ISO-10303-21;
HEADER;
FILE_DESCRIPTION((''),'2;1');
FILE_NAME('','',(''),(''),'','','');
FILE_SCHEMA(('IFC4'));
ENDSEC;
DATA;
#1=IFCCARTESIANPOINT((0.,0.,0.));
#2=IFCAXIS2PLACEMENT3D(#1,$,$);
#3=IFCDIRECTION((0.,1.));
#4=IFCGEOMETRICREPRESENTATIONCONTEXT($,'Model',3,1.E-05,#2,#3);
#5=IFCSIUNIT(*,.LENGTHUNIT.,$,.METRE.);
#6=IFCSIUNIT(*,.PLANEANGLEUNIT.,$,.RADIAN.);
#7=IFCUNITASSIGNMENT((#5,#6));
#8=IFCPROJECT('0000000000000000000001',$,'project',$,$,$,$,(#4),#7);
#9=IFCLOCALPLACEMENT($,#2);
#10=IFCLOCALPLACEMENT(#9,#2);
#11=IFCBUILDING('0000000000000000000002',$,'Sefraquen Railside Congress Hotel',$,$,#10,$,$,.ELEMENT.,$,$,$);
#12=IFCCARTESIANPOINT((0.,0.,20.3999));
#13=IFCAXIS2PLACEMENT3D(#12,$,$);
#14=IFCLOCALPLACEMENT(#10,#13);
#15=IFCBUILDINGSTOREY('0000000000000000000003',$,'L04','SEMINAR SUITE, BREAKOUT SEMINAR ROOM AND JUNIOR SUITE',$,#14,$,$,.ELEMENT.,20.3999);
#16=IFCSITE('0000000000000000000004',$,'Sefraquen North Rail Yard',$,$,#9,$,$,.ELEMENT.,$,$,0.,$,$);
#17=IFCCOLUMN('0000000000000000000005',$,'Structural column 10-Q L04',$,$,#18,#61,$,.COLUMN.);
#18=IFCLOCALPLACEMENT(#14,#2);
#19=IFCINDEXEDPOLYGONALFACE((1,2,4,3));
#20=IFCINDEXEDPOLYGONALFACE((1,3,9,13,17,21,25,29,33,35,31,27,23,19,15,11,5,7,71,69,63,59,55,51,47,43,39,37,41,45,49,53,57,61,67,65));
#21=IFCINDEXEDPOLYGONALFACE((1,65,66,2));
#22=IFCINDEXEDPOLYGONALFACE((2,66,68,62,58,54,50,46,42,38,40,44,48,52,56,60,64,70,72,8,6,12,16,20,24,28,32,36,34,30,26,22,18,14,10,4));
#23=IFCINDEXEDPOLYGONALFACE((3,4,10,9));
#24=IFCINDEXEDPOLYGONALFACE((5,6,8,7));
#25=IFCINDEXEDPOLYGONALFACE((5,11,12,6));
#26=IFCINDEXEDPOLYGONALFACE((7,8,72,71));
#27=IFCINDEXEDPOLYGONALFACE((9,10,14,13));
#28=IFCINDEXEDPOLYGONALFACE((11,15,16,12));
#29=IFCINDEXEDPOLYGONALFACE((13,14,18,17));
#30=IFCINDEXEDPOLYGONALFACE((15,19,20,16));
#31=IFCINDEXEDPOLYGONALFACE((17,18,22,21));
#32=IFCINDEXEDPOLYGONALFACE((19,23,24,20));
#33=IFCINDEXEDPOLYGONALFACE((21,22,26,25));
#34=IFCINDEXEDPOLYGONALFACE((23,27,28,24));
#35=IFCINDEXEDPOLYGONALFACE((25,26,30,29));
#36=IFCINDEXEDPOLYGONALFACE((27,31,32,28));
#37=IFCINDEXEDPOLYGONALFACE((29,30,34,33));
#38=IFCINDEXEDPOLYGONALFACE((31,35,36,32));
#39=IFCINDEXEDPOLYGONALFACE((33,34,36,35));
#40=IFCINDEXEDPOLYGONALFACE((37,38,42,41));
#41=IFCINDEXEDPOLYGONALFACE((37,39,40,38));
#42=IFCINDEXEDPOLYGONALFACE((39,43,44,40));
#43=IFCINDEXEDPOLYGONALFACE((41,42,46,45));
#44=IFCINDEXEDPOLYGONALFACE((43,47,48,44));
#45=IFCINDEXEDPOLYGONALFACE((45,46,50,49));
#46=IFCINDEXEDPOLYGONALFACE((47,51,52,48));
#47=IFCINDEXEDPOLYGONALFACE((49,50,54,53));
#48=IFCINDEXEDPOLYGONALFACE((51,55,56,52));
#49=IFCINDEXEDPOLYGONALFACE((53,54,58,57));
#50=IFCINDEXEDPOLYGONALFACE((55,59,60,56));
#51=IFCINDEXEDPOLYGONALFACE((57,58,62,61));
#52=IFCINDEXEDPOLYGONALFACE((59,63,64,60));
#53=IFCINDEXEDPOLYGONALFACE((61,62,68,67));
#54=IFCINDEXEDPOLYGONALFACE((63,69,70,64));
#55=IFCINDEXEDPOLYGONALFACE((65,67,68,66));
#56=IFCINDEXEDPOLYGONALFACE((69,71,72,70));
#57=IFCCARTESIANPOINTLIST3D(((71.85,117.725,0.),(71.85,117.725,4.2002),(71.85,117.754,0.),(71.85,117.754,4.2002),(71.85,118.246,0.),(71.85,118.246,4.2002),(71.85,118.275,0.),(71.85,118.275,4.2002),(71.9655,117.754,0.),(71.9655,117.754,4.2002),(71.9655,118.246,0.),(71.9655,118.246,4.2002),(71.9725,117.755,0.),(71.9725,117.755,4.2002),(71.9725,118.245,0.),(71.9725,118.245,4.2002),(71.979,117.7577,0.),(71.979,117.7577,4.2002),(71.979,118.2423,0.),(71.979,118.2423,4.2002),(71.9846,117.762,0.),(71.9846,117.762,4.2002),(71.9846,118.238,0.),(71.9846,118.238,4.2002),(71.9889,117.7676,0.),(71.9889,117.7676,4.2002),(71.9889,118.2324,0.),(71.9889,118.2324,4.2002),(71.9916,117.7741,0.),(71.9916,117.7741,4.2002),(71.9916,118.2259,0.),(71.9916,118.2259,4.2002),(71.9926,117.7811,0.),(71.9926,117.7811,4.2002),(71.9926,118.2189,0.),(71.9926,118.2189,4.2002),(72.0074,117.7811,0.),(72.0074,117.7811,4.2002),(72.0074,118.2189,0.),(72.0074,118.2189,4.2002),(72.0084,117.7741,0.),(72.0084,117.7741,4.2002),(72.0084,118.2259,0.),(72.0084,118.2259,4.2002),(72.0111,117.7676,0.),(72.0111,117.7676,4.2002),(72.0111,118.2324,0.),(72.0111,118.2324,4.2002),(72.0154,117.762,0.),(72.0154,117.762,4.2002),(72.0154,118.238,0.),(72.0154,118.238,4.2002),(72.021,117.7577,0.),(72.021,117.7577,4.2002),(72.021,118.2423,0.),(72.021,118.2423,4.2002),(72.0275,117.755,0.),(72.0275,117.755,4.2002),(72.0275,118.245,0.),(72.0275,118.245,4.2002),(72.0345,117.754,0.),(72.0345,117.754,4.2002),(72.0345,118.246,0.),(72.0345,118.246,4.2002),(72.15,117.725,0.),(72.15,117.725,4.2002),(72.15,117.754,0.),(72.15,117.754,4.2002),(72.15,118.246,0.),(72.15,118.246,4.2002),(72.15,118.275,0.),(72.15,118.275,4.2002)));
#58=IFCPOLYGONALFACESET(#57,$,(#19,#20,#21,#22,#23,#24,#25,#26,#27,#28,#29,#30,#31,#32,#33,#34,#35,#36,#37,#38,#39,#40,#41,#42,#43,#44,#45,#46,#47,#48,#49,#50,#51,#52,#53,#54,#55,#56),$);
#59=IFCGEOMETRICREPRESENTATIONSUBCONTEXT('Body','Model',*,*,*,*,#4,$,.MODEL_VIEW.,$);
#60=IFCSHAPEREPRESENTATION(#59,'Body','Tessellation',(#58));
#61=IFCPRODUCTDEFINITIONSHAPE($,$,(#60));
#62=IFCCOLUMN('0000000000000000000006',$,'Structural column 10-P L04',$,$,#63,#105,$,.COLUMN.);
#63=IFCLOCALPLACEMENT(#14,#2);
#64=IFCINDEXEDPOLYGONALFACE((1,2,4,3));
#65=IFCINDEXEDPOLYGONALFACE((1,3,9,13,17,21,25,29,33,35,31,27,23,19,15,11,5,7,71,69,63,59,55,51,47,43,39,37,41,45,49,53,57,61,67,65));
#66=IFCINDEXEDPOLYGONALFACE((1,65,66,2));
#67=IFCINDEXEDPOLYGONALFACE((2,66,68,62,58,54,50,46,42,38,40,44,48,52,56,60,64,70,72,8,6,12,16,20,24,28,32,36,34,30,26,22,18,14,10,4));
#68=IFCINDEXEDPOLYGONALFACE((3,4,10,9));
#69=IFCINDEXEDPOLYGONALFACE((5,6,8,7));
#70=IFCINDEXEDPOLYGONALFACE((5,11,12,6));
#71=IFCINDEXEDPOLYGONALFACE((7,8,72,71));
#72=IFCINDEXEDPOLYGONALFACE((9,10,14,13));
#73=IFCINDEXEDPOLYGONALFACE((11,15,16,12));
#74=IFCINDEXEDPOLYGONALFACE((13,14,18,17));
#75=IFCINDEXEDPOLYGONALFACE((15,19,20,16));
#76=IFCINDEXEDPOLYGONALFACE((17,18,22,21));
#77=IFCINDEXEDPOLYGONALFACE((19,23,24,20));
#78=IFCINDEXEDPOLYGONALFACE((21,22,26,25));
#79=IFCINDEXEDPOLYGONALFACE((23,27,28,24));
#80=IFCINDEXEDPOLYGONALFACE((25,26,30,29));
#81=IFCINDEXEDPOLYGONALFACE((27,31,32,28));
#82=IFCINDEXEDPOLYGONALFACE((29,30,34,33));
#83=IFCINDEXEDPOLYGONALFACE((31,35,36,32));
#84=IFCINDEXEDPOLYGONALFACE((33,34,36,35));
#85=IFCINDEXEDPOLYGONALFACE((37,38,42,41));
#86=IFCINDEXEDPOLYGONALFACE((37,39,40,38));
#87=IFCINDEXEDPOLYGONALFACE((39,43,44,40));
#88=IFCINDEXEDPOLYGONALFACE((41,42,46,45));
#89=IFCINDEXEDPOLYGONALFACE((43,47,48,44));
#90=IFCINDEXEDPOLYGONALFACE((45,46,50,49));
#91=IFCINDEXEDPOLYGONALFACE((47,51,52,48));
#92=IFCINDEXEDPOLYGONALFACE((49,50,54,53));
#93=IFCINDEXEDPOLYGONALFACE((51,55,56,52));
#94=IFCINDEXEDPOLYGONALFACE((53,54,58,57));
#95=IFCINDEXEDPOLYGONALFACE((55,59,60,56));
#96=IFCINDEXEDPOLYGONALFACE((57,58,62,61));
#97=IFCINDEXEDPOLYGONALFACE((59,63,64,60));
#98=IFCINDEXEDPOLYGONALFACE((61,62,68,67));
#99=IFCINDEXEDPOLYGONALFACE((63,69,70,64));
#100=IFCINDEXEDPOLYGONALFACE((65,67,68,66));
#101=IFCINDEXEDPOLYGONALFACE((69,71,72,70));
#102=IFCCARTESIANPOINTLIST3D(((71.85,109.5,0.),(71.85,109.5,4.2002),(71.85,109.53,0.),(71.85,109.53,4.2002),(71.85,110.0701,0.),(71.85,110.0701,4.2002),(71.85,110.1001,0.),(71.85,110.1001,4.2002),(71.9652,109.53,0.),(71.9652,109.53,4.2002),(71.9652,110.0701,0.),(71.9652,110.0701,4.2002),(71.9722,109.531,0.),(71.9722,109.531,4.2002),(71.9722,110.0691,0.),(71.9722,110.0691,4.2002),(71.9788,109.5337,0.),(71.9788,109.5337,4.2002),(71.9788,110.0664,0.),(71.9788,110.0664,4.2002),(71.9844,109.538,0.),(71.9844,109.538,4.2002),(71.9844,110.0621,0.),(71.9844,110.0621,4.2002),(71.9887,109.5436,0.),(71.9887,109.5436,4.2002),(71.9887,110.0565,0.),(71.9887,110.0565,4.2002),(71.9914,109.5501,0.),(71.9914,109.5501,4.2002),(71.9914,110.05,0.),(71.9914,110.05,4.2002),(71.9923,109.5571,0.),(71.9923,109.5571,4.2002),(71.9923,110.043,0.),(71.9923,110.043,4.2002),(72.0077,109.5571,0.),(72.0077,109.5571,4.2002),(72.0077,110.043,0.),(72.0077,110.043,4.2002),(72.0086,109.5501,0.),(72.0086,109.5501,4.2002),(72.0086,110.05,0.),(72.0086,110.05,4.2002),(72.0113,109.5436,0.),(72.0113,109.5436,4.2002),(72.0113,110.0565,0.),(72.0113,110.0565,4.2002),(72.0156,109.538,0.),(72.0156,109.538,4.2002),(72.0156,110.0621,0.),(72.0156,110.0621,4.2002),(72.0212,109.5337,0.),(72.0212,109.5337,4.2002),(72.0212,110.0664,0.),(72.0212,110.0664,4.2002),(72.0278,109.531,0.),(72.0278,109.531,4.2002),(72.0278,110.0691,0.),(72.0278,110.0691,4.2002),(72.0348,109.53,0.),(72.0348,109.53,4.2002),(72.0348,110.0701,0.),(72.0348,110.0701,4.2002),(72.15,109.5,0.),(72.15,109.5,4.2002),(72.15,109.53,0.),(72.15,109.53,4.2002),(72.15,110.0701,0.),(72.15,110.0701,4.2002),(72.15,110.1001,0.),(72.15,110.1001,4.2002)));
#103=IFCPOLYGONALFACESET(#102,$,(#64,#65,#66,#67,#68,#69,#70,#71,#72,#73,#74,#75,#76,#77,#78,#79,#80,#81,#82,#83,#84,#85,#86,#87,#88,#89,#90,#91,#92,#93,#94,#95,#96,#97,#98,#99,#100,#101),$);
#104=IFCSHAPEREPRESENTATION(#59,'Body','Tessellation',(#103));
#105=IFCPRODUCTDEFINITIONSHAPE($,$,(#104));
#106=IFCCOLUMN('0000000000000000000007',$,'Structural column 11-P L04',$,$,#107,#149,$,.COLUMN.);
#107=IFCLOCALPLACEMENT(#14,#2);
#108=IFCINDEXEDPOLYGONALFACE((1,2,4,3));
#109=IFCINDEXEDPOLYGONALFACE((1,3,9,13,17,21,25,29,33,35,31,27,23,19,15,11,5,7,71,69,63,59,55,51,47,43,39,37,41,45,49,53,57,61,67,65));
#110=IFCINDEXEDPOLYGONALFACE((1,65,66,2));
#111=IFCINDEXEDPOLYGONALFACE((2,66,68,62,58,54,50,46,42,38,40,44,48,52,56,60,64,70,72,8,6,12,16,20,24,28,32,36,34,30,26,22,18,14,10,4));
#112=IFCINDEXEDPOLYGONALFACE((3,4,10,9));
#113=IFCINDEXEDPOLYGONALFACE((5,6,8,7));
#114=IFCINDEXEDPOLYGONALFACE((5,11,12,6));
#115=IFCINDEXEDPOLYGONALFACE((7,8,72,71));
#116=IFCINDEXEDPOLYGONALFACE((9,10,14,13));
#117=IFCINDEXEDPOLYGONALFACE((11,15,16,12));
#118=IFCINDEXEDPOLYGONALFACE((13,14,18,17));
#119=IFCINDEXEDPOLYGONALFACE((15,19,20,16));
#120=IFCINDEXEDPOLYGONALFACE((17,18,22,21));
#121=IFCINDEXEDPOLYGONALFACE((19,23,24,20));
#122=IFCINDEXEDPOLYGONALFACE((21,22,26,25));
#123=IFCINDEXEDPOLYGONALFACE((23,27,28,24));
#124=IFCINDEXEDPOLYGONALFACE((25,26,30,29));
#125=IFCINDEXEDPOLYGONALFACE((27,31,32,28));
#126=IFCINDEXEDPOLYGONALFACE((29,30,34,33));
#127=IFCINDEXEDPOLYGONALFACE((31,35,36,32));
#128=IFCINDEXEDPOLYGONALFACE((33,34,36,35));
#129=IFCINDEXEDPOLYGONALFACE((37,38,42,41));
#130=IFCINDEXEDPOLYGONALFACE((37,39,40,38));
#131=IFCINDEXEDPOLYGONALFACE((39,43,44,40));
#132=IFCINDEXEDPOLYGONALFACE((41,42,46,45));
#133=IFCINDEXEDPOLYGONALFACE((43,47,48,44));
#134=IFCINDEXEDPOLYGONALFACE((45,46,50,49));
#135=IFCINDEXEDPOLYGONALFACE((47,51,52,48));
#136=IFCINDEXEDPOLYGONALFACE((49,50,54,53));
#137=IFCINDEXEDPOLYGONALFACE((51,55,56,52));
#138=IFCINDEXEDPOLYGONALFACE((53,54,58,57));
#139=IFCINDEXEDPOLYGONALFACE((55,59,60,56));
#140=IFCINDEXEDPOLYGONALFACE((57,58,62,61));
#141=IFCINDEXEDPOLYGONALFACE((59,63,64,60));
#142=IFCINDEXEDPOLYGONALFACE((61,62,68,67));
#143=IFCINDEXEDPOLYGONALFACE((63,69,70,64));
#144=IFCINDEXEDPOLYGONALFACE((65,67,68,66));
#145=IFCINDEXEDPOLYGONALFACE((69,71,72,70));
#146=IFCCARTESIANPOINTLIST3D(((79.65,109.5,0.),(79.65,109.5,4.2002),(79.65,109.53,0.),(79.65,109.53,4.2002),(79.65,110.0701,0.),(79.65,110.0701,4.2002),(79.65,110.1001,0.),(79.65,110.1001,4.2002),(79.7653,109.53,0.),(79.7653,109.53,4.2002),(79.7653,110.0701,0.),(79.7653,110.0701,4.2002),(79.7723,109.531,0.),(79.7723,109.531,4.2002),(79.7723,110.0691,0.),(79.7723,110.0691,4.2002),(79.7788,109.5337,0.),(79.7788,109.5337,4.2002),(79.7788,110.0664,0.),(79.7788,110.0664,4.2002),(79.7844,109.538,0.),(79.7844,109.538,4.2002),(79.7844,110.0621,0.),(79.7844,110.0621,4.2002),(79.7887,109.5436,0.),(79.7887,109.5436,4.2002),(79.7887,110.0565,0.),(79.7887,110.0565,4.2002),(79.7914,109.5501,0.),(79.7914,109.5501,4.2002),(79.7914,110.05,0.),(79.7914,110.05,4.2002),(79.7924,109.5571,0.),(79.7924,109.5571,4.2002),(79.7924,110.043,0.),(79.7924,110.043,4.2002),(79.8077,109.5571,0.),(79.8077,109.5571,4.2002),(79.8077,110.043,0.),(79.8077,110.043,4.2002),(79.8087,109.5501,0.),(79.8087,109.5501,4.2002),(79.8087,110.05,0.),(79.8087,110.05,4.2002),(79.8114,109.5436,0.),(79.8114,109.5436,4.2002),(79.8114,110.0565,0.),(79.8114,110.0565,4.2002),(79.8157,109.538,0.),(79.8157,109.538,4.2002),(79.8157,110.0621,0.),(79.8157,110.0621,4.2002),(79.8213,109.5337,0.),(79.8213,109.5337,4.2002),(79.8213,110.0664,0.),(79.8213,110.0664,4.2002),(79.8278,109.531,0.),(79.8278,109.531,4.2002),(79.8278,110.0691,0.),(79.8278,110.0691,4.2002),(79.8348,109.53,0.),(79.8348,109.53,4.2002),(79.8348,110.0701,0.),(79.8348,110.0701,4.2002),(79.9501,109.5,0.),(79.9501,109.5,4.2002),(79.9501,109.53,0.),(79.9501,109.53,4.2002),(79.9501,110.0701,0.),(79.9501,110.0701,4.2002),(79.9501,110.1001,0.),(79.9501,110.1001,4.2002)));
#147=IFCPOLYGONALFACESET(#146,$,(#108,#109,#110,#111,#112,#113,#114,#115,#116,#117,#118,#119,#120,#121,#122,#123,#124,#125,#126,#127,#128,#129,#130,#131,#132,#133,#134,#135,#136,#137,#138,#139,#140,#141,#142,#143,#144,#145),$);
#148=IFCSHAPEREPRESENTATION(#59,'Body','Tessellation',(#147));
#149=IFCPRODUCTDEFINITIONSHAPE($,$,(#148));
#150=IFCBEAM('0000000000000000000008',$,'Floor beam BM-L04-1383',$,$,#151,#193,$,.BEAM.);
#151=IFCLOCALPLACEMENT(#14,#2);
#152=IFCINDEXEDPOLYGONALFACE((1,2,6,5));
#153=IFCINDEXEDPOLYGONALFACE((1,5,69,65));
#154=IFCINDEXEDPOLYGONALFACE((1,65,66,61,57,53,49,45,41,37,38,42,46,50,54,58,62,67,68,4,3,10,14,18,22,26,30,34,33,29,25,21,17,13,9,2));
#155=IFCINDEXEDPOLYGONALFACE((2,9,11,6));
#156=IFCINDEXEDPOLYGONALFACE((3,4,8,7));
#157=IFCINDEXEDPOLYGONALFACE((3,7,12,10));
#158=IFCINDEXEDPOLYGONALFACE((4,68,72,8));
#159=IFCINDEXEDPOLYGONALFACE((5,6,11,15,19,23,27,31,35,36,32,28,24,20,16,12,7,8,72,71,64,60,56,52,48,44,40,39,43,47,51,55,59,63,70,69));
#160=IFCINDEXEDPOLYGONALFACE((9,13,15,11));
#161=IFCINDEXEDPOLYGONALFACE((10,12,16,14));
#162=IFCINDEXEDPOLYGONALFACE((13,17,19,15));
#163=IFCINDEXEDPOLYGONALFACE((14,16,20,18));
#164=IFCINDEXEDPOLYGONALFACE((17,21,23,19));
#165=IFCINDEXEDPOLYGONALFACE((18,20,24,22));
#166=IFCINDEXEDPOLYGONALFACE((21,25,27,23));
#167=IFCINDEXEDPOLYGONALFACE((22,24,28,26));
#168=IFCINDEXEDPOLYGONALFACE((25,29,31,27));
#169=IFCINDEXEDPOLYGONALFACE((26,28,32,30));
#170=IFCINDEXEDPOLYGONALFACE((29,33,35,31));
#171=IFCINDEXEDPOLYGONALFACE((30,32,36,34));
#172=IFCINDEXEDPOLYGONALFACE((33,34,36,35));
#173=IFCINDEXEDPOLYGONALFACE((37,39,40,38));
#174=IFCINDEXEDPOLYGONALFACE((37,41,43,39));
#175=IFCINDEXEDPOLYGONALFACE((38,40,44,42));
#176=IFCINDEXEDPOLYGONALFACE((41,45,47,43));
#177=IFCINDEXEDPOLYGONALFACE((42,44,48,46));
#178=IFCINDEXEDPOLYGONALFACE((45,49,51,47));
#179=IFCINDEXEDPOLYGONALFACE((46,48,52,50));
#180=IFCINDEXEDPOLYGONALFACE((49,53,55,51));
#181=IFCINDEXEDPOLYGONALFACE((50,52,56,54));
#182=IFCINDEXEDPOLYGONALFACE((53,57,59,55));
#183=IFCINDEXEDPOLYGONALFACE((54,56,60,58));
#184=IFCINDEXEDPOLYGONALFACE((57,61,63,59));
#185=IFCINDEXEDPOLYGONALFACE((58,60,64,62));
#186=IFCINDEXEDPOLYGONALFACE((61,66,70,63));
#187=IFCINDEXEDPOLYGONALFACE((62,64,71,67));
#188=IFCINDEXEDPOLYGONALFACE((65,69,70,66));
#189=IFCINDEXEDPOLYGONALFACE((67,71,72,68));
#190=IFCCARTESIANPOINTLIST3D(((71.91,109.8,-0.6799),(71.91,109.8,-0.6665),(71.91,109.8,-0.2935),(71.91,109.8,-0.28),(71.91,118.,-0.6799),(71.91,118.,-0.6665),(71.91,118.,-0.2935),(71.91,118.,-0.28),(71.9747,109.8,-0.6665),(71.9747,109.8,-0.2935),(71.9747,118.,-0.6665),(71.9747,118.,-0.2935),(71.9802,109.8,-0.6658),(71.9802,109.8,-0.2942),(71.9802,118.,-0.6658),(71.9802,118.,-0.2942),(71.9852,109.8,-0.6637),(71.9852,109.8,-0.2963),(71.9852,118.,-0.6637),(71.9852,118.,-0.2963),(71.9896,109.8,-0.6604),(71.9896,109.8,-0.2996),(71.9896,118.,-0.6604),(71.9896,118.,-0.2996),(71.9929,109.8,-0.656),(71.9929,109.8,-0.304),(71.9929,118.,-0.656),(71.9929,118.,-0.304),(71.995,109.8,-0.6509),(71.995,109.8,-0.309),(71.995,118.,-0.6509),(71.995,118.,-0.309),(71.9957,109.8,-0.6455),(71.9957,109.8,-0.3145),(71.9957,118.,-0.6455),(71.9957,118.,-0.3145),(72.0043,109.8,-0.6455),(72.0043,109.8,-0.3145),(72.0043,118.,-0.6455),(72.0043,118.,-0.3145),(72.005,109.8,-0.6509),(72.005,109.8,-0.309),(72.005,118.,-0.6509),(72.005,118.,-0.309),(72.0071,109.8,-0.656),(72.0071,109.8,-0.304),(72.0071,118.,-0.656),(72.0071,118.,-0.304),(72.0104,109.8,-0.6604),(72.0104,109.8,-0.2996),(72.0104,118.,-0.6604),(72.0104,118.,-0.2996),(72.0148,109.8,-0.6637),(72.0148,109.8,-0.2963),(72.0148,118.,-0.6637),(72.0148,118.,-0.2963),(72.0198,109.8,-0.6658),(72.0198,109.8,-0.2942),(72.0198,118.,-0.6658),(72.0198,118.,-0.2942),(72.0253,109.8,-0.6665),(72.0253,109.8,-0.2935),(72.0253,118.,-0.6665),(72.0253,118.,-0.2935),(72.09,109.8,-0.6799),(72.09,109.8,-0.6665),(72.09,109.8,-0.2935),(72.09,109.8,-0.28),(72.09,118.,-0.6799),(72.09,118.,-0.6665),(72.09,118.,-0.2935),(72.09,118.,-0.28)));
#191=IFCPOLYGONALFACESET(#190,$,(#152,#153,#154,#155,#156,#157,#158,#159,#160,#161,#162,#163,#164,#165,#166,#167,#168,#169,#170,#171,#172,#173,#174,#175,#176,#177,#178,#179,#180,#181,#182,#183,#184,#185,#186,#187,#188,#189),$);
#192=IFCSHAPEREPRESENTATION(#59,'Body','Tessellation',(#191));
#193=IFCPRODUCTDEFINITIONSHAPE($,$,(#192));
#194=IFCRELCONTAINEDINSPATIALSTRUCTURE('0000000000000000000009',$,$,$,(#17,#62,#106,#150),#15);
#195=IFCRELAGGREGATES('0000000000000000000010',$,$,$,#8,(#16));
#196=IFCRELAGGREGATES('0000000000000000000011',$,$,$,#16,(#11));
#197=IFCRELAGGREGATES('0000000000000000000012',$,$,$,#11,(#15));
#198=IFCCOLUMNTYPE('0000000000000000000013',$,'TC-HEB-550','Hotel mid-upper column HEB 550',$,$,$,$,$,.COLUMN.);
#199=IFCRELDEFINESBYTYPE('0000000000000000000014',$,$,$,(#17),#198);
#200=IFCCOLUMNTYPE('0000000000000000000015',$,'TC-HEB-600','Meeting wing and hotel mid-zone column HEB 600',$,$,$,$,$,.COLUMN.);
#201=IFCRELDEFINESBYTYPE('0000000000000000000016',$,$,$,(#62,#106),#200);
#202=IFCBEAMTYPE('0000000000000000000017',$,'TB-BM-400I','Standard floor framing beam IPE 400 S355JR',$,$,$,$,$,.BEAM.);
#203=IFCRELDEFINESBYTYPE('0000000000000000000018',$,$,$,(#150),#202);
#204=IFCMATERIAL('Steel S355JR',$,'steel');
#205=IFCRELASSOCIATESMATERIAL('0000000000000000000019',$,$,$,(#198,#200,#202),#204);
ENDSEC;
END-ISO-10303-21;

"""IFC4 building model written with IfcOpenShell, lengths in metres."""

from ifc_helpers import new_model, si_unit, direction, frame, origin, origin_2d, place, context, subcontext, project, spatial, i_section, extrude, material, material_profile, profile_set, type_object, element, save


model = new_model("IFC4")

# Units and contexts
model_context = context("Model", 3, precision=1e-05, world=origin(), true_north=direction((0.0, 1.0)))
body_context = subcontext(model_context, "Body", "Model", "MODEL_VIEW")
ifc_project = project(units=[si_unit("LENGTHUNIT", "METRE"), si_unit("PLANEANGLEUNIT", "RADIAN")], contexts=[model_context])

# Site, building, storey
site_placement = place(None, origin())
site = spatial("IfcSite", under=ifc_project, at=site_placement, Name="Sefraquen North Rail Yard", CompositionType="ELEMENT", RefElevation=0.0)
building_placement = place(site_placement, origin())
building = spatial("IfcBuilding", under=site, at=building_placement, Name="Sefraquen Railside Congress Hotel", CompositionType="ELEMENT")
storey_placement = place(building_placement, frame((0.0, 0.0, 20.3999)))
storey = spatial("IfcBuildingStorey", under=building, at=storey_placement, Name="L04", Description="SEMINAR SUITE, BREAKOUT SEMINAR ROOM AND JUNIOR SUITE", CompositionType="ELEMENT", Elevation=20.3999)

# Columns
ifc_material_1 = material(Name="Steel S355JR", Category="steel")
ifc_material_profile_1 = material_profile(ifc_material_1, i_section(OverallWidth=0.3, OverallDepth=0.55, WebThickness=0.0149, FlangeThickness=0.0291, FilletRadius=0.0271, at=origin_2d()), Name="HEB 550")
ifc_profile_set_1 = profile_set([ifc_material_profile_1], Name="Steel S355JR")
column_type_1 = type_object("IfcColumnType", Name="TC-HEB-550", Description="Hotel mid-upper column HEB 550", PredefinedType="COLUMN", material=ifc_profile_set_1)
column_placement = place(storey_placement, frame((72.0, 118.0, 0.0), z_axis=(0.0, 0.0, 1.0), x_axis=(1.0, 0.0, 0.0)))
element("IfcColumn", 1, at=column_placement, inside=storey, type_object=column_type_1, Name="Structural column 10-Q L04", PredefinedType="COLUMN", context=body_context, shape_type="SweptSolid", body=[
    extrude(i_section(OverallWidth=0.3, OverallDepth=0.55, WebThickness=0.0149, FlangeThickness=0.0291, FilletRadius=0.0271, at=origin_2d()), origin(), (0.0, 0.0, 1.0), 4.2002),
])
ifc_material_profile_2 = material_profile(ifc_material_1, i_section(OverallWidth=0.3, OverallDepth=0.6001, WebThickness=0.0154, FlangeThickness=0.03, FilletRadius=0.0271, at=origin_2d()), Name="HEB 600")
ifc_profile_set_2 = profile_set([ifc_material_profile_2], Name="Steel S355JR")
column_type_2 = type_object("IfcColumnType", Name="TC-HEB-600", Description="Meeting wing and hotel mid-zone column HEB 600", PredefinedType="COLUMN", material=ifc_profile_set_2)
for number, where, z_axis, x_axis, name in (
    (2, (72.0, 109.8, 0.0), (0.0, 0.0, 1.0), (1.0, 0.0, 0.0), "Structural column 10-P L04"),
    (3, (79.8, 109.8, 0.0), (0.0, 0.0, 1.0), (1.0, 0.0, 0.0), "Structural column 11-P L04"),
):
    element("IfcColumn", number, at=place(storey_placement, frame(where, z_axis=z_axis, x_axis=x_axis)), inside=storey, type_object=column_type_2, Name=name, PredefinedType="COLUMN", context=body_context, shape_type="SweptSolid", body=[
        extrude(i_section(OverallWidth=0.3, OverallDepth=0.6001, WebThickness=0.0154, FlangeThickness=0.03, FilletRadius=0.0271, at=origin_2d()), origin(), (0.0, 0.0, 1.0), 4.2002),
    ])

# Beam
ifc_material_profile_3 = material_profile(ifc_material_1, i_section(OverallWidth=0.1799, OverallDepth=0.3999, WebThickness=0.0085, FlangeThickness=0.0134, FilletRadius=0.021, at=origin_2d()), Name="IPE 400")
ifc_profile_set_3 = profile_set([ifc_material_profile_3], Name="Steel S355JR")
beam_type_1 = type_object("IfcBeamType", Name="TB-BM-400I", Description="Standard floor framing beam IPE 400 S355JR", PredefinedType="BEAM", material=ifc_profile_set_3)
beam_placement = place(storey_placement, frame((72.0, 109.8, -0.48), z_axis=(0.0, 1.0, 0.0), x_axis=(-1.0, 0.0, 0.0)))
element("IfcBeam", 4, at=beam_placement, inside=storey, type_object=beam_type_1, Name="Floor beam BM-L04-1383", PredefinedType="BEAM", context=body_context, shape_type="SweptSolid", body=[
    extrude(i_section(OverallWidth=0.1799, OverallDepth=0.3999, WebThickness=0.0085, FlangeThickness=0.0134, FilletRadius=0.021, at=origin_2d()), origin(), (0.0, 0.0, 1.0), 8.2),
])

save(model, "model.ifc")
